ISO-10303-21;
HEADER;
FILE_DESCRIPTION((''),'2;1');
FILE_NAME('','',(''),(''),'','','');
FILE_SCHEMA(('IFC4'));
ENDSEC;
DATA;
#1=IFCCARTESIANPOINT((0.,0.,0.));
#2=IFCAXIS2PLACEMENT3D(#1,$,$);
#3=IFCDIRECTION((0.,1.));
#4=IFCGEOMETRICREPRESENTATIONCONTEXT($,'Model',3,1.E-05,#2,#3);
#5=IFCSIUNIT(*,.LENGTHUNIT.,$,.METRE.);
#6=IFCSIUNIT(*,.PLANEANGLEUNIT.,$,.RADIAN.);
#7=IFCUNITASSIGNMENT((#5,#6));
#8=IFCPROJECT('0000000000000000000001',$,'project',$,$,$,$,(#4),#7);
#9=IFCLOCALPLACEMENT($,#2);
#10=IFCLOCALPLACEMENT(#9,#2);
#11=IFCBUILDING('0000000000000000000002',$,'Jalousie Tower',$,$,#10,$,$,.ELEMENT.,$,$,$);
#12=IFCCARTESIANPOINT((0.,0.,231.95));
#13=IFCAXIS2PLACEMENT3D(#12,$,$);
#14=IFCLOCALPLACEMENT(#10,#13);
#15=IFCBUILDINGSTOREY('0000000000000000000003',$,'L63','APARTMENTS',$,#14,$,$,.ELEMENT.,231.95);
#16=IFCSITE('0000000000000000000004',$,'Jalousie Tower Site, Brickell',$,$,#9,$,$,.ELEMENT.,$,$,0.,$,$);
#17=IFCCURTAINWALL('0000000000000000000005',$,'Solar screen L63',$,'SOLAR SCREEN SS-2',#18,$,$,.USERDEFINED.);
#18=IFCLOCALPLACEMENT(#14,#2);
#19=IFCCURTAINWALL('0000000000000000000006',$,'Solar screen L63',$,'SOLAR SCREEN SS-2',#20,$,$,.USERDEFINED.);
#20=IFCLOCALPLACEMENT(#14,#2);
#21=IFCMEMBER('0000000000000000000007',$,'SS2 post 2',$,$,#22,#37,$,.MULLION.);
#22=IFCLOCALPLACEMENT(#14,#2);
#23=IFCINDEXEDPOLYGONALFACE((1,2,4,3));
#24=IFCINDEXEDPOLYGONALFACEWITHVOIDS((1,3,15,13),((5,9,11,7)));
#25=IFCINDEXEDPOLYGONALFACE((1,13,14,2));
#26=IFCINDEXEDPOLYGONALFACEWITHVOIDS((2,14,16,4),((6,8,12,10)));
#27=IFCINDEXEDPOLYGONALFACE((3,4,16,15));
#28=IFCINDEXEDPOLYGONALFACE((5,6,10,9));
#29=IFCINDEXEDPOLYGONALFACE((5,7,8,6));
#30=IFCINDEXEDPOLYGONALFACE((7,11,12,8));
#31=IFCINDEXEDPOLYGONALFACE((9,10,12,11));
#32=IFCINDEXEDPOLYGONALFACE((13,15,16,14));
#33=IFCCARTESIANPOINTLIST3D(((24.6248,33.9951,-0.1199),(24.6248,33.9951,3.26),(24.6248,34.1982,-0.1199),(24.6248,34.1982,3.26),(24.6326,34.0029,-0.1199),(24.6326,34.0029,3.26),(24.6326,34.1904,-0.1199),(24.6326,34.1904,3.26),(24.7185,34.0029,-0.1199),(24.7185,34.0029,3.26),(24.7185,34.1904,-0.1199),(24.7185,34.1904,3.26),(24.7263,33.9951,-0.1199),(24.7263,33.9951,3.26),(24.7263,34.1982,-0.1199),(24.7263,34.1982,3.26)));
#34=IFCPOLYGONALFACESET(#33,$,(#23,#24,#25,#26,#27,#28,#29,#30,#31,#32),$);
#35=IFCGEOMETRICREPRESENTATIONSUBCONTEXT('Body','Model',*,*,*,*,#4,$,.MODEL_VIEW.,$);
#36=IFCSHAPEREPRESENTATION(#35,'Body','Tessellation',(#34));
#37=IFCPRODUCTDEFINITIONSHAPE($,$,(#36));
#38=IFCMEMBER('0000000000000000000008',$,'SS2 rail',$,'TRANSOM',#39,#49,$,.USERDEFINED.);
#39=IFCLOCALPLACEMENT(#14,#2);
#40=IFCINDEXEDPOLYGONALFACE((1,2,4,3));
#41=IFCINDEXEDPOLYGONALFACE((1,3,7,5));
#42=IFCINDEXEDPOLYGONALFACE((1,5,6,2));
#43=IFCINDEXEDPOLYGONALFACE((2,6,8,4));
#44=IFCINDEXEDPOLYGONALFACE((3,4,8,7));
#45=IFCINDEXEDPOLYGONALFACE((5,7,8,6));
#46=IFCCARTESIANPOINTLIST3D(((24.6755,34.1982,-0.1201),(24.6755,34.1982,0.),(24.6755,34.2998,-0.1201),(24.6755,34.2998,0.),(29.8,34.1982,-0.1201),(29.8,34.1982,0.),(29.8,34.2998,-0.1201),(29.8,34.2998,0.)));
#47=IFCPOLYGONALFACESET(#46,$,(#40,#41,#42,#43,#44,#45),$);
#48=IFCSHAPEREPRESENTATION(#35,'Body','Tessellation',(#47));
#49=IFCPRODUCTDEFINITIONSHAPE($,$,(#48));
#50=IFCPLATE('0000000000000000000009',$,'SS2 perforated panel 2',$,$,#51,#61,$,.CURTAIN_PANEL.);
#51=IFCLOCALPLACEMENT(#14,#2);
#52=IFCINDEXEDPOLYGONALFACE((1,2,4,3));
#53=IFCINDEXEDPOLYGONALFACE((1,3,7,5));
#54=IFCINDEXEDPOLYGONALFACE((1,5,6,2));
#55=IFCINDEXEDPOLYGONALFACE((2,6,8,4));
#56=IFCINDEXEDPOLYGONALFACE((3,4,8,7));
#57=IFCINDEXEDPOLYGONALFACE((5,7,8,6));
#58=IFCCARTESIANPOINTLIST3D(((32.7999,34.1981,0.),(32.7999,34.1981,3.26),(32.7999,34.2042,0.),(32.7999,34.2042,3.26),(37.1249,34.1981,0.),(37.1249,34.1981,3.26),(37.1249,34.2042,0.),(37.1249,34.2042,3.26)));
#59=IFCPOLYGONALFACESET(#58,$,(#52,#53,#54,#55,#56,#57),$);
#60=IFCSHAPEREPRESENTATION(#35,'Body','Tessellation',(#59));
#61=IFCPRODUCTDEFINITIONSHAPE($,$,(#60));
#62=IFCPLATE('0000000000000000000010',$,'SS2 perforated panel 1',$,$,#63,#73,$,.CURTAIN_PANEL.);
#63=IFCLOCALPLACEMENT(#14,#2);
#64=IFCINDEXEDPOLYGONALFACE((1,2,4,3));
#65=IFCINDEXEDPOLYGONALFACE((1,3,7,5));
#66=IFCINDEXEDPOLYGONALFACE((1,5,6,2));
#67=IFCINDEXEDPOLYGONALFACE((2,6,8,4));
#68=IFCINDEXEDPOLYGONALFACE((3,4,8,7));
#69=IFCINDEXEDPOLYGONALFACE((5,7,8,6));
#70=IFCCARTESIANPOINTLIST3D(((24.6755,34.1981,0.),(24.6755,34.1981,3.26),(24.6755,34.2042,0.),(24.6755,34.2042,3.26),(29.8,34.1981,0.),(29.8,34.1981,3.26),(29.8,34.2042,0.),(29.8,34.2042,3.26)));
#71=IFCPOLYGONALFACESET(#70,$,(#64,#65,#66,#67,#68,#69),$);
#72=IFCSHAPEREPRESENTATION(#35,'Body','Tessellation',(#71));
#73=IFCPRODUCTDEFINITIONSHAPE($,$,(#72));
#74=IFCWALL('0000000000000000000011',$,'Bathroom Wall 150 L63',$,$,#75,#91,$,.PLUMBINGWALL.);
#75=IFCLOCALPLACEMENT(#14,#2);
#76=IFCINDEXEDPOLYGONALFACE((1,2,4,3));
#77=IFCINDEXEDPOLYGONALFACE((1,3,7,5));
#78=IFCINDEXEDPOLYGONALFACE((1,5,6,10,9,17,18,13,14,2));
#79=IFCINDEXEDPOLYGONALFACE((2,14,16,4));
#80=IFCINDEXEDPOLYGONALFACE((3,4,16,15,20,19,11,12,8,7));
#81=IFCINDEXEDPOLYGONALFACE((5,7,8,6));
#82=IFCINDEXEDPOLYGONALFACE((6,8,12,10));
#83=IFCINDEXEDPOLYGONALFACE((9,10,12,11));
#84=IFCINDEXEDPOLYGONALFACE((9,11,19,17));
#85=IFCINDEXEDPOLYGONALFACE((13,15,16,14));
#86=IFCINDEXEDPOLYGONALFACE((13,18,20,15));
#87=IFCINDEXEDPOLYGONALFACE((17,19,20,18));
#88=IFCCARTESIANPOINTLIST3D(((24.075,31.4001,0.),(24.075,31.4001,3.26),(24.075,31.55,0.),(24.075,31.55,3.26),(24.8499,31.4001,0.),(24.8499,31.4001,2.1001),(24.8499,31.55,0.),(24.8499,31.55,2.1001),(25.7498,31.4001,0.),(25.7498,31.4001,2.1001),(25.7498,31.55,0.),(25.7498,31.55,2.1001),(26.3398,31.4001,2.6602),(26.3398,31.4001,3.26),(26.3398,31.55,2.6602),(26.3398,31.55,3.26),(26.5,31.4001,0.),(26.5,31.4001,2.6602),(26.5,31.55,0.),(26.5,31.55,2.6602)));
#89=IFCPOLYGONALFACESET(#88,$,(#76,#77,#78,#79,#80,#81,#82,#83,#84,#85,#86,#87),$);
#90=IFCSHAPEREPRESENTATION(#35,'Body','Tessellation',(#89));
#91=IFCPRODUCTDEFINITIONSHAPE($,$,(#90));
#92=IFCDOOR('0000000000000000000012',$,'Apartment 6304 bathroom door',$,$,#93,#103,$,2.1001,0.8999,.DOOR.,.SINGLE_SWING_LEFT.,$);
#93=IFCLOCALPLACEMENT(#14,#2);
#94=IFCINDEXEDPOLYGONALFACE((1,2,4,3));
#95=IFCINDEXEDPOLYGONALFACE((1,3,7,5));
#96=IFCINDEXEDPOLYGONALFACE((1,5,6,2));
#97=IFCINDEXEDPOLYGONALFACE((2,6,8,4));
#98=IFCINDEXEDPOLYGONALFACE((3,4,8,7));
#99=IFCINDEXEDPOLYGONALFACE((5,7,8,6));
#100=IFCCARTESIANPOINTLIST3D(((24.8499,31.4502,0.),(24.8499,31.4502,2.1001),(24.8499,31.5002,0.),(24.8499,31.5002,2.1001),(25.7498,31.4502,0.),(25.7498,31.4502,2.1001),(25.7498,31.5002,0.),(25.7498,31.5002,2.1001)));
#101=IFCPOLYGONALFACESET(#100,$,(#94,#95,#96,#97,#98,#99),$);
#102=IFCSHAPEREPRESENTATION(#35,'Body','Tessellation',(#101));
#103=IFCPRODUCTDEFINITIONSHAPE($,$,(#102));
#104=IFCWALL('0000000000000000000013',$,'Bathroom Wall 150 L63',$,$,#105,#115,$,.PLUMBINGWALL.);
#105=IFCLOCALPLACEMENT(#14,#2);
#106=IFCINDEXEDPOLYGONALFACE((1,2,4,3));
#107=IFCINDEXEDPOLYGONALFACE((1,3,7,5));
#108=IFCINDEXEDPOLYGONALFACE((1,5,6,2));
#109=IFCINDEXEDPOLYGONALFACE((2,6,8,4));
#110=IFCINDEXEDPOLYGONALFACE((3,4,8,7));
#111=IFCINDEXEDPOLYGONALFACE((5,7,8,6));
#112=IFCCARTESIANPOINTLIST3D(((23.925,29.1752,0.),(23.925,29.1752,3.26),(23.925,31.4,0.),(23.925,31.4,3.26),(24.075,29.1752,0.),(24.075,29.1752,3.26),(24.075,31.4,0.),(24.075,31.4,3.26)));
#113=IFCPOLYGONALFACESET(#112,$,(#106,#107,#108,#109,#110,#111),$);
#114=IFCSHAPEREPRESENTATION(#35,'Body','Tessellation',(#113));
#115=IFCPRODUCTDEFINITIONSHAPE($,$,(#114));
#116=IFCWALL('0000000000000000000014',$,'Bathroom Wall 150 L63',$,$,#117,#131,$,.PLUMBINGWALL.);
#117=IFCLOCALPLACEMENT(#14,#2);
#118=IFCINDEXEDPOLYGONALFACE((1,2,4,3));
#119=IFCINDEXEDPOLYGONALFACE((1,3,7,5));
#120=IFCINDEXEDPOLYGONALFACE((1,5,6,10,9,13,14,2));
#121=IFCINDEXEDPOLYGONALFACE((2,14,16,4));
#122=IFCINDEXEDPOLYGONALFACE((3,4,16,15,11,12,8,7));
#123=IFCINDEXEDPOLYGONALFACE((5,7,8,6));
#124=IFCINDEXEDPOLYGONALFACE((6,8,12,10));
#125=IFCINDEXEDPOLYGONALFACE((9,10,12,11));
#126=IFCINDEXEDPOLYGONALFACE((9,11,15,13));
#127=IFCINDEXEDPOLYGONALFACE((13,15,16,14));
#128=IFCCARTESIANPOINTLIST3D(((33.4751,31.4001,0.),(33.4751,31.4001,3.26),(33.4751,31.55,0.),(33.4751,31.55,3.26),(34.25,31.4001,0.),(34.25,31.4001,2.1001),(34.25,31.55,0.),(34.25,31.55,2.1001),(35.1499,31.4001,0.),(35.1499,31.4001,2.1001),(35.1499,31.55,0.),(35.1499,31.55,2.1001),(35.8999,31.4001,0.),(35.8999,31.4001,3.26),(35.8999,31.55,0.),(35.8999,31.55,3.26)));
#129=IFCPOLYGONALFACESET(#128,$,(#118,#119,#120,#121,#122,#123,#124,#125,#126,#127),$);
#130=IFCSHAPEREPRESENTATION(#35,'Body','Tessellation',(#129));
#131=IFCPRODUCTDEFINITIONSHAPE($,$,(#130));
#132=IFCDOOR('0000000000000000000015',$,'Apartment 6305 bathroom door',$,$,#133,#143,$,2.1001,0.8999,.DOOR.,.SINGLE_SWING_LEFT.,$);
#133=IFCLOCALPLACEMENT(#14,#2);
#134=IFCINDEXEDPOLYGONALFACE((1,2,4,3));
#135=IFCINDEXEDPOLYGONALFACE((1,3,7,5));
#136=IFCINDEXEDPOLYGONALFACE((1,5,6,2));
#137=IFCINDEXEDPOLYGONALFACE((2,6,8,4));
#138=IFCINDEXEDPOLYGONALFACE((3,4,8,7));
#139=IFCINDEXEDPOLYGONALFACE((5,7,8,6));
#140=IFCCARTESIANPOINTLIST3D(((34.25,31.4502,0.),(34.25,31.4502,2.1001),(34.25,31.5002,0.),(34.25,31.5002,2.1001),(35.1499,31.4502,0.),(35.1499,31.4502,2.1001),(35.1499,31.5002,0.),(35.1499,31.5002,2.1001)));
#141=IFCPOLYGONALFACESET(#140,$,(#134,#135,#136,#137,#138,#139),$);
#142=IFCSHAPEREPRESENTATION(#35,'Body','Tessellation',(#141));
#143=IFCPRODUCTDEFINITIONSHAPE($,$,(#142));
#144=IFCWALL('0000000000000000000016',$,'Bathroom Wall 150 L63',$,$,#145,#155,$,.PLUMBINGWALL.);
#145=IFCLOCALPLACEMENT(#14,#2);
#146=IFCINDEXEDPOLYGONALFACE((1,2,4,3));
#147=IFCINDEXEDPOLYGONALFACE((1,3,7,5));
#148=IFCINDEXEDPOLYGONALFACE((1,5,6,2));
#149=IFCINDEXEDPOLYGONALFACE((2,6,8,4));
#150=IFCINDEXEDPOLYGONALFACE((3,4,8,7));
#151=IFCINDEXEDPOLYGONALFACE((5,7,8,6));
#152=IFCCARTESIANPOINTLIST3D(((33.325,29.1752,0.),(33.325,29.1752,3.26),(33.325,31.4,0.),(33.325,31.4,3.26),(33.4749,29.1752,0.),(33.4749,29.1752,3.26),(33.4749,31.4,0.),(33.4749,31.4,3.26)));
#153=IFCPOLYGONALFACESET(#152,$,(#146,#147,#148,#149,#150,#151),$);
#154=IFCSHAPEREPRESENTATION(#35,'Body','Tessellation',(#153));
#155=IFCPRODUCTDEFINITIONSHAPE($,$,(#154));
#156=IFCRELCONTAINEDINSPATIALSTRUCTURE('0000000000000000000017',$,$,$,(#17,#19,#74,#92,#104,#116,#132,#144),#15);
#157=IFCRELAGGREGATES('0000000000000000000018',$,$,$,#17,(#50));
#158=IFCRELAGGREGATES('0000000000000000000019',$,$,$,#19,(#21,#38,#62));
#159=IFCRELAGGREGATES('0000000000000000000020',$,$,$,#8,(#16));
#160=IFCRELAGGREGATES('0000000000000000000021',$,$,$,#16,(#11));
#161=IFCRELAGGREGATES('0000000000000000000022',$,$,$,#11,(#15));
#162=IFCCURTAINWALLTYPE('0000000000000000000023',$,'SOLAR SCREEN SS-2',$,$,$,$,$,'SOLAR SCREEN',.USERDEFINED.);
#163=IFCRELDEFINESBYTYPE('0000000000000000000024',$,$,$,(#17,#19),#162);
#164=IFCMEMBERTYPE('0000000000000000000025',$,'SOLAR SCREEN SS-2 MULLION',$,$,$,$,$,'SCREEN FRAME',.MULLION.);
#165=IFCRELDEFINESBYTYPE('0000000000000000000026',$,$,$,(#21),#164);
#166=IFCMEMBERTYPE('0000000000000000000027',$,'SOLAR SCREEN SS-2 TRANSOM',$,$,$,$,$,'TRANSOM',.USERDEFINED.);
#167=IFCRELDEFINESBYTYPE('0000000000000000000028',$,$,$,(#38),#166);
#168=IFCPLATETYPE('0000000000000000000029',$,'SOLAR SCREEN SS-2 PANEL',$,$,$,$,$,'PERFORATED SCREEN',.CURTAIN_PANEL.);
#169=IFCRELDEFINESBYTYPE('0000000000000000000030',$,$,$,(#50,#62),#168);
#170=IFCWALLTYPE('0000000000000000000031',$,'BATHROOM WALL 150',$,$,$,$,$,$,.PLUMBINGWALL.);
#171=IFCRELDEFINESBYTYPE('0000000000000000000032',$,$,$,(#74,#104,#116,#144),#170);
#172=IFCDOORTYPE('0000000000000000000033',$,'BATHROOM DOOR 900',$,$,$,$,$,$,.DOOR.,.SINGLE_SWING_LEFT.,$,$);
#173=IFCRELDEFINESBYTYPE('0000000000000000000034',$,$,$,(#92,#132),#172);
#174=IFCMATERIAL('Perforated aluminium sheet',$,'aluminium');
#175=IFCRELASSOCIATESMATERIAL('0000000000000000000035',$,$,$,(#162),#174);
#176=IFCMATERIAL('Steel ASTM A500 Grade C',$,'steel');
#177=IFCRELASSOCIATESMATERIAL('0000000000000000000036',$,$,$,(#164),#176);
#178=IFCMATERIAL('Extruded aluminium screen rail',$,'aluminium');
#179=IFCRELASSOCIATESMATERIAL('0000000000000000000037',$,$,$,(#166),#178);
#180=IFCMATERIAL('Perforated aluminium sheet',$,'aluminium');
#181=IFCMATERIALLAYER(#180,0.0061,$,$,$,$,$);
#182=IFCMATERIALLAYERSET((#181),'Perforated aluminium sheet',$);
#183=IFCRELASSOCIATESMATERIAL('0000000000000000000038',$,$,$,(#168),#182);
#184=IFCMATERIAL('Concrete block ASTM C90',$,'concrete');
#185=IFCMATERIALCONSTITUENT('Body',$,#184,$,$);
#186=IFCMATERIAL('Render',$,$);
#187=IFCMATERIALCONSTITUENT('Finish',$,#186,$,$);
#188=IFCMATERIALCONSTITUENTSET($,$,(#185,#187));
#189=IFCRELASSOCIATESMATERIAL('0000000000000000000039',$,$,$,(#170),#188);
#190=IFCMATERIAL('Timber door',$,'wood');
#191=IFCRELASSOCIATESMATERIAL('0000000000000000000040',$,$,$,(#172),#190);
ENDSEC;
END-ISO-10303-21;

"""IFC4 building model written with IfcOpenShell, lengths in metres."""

from ifc_helpers import new_model, si_unit, direction, frame, frame_2d, origin, origin_2d, place, context, subcontext, project, spatial, polyline, rectangle, hollow_rectangle, outline, extrude, material, layer, layer_set, constituent, constituent_set, material_profile, profile_set, type_object, element, fill, aggregate, save


model = new_model("IFC4")

# Units and contexts
model_context = context("Model", 3, precision=1e-05, world=origin(), true_north=direction((0.0, 1.0)))
body_context = subcontext(model_context, "Body", "Model", "MODEL_VIEW")
ifc_project = project(units=[si_unit("LENGTHUNIT", "METRE"), si_unit("PLANEANGLEUNIT", "RADIAN")], contexts=[model_context])

# Site, building, storey
site_placement = place(None, origin())
site = spatial("IfcSite", under=ifc_project, at=site_placement, Name="Jalousie Tower Site, Brickell", CompositionType="ELEMENT", RefElevation=0.0)
building_placement = place(site_placement, origin())
building = spatial("IfcBuilding", under=site, at=building_placement, Name="Jalousie Tower", CompositionType="ELEMENT")
storey_placement = place(building_placement, frame((0.0, 0.0, 231.95)))
storey = spatial("IfcBuildingStorey", under=building, at=storey_placement, Name="L63", Description="APARTMENTS", CompositionType="ELEMENT", Elevation=231.95)

# Curtain wall
ifc_material_1 = material(Name="Perforated aluminium sheet", Category="aluminium")
curtain_wall_type = type_object("IfcCurtainWallType", Name="SOLAR SCREEN SS-2", ElementType="SOLAR SCREEN", PredefinedType="USERDEFINED", material=ifc_material_1)
curtain_wall_1_placement = place(storey_placement, origin())
curtain_wall_1 = element("IfcCurtainWall", 1, at=curtain_wall_1_placement, inside=storey, type_object=curtain_wall_type, Name="Solar screen L63", ObjectType="SOLAR SCREEN SS-2", PredefinedType="USERDEFINED")
ifc_material_2 = material(Name="Steel ASTM A500 Grade C", Category="steel")
ifc_material_profile_1 = material_profile(ifc_material_2, hollow_rectangle(XDim=0.1016, YDim=0.2031, WallThickness=0.0078, at=origin_2d()), Name="HSS8X4X5/16")
ifc_profile_set_1 = profile_set([ifc_material_profile_1], Name="Steel ASTM A500 Grade C")
member_type_1 = type_object("IfcMemberType", Name="SOLAR SCREEN SS-2 MULLION", ElementType="SCREEN FRAME", PredefinedType="MULLION", material=ifc_profile_set_1)

# Curtain wall, members
curtain_wall_2_placement = place(storey_placement, origin())
curtain_wall_2 = element("IfcCurtainWall", 2, at=curtain_wall_2_placement, inside=storey, type_object=curtain_wall_type, Name="Solar screen L63", ObjectType="SOLAR SCREEN SS-2", PredefinedType="USERDEFINED")
member_1_placement = place(storey_placement, frame((24.6755, 34.0967, -0.1199), z_axis=(0.0, 0.0, 1.0), x_axis=(-1.0, 0.0, 0.0)))
member_1 = element("IfcMember", 3, at=member_1_placement, type_object=member_type_1, Name="SS2 post 2", PredefinedType="MULLION", context=body_context, shape_type="SweptSolid", body=[
    extrude(hollow_rectangle(XDim=0.1016, YDim=0.2031, WallThickness=0.0078, at=origin_2d()), origin(), (0.0, 0.0, 1.0), 3.3799),
])
ifc_material_3 = material(Name="Extruded aluminium screen rail", Category="aluminium")
ifc_material_profile_2 = material_profile(ifc_material_3, rectangle(XDim=0.1016, YDim=0.1201, at=origin_2d()), Name="RAIL 102x120")
ifc_profile_set_2 = profile_set([ifc_material_profile_2], Name="Extruded aluminium screen rail")
member_type_2 = type_object("IfcMemberType", Name="SOLAR SCREEN SS-2 TRANSOM", ElementType="TRANSOM", PredefinedType="USERDEFINED", material=ifc_profile_set_2)
member_2_placement = place(storey_placement, frame((29.8, 34.249, -0.0601), z_axis=(-1.0, 0.0, 0.0), x_axis=(0.0, -1.0, 0.0)))
member_2 = element("IfcMember", 4, at=member_2_placement, type_object=member_type_2, Name="SS2 rail", ObjectType="TRANSOM", PredefinedType="USERDEFINED", context=body_context, shape_type="SweptSolid", body=[
    extrude(rectangle(XDim=0.1016, YDim=0.1201, at=origin_2d()), origin(), (0.0, 0.0, 1.0), 5.1245),
])

# Plates
ifc_material_4 = material(Name="Perforated aluminium sheet", Category="aluminium")
ifc_layer = layer(ifc_material_4, 0.0061)
ifc_layer_set = layer_set([ifc_layer], Name="Perforated aluminium sheet")
plate_type = type_object("IfcPlateType", Name="SOLAR SCREEN SS-2 PANEL", ElementType="PERFORATED SCREEN", PredefinedType="CURTAIN_PANEL", material=ifc_layer_set)
plate_1_placement = place(storey_placement, frame((34.9624, 34.2012, 0.0), z_axis=(0.0, 0.0, 1.0), x_axis=(-1.0, 0.0, 0.0)))
plate_1 = element("IfcPlate", 5, at=plate_1_placement, type_object=plate_type, Name="SS2 perforated panel 2", PredefinedType="CURTAIN_PANEL", context=body_context, shape_type="SweptSolid", body=[
    extrude(rectangle(XDim=4.325, YDim=0.0061, at=origin_2d()), origin(), (0.0, 0.0, 1.0), 3.26),
])
aggregate(curtain_wall_1, [plate_1])
plate_2_placement = place(storey_placement, frame((27.2378, 34.2012, 0.0), z_axis=(0.0, 0.0, 1.0), x_axis=(-1.0, 0.0, 0.0)))
plate_2 = element("IfcPlate", 6, at=plate_2_placement, type_object=plate_type, Name="SS2 perforated panel 1", PredefinedType="CURTAIN_PANEL", context=body_context, shape_type="SweptSolid", body=[
    extrude(rectangle(XDim=5.1245, YDim=0.0061, at=origin_2d()), origin(), (0.0, 0.0, 1.0), 3.26),
])
aggregate(curtain_wall_2, [member_1, member_2, plate_2])

# Wall, opening, door
ifc_material_5 = material(Name="Concrete block ASTM C90", Category="concrete")
ifc_constituent_1 = constituent(ifc_material_5, Name="Body")
ifc_material_6 = material(Name="Render")
ifc_constituent_2 = constituent(ifc_material_6, Name="Finish")
ifc_constituent_set_1 = constituent_set(constituents=[ifc_constituent_1, ifc_constituent_2])
wall_type_1 = type_object("IfcWallType", Name="BATHROOM WALL 150", PredefinedType="PLUMBINGWALL", material=ifc_constituent_set_1)
wall_1_placement = place(storey_placement, frame((24.075, 31.4751, 0.0), z_axis=(0.0, 0.0, 1.0), x_axis=(1.0, 0.0, 0.0)))
wall_1 = element("IfcWall", 7, at=wall_1_placement, inside=storey, type_object=wall_type_1, Name="Bathroom Wall 150 L63", PredefinedType="PLUMBINGWALL", context=body_context, shape_type="SweptSolid", body=[
    extrude(outline(polyline([(0.0, 0.0), (2.425, 0.0), (2.425, 3.26), (2.425, 2.6602), (2.2649, 2.6602), (2.2649, 3.26), (0.0, 3.26), (0.0, 0.0)])), frame((0.0, 0.075, 0.0), z_axis=(0.0, -1.0, 0.0), x_axis=(1.0, 0.0, 0.0)), (0.0, 0.0, 1.0), 0.1499),
])
opening_1_placement = place(wall_1_placement, frame((0.7749, 0.0, 0.0)))
opening_1 = element("IfcOpeningElement", 8, at=opening_1_placement, cuts=wall_1, PredefinedType="OPENING", context=body_context, shape_type="SweptSolid", body=[
    extrude(rectangle(XDim=0.8999, YDim=2.1001, at=frame_2d((0.45, 1.05))), frame((0.0, 0.085, 0.0), z_axis=(0.0, -1.0, 0.0), x_axis=(1.0, 0.0, 0.0)), (0.0, 0.0, 1.0), 0.1699),
])
ifc_material_7 = material(Name="Timber door", Category="wood")
door_type_1 = type_object("IfcDoorType", Name="BATHROOM DOOR 900", OperationType="SINGLE_SWING_LEFT", PredefinedType="DOOR", material=ifc_material_7)
door_1_placement = place(opening_1_placement, frame((0.8999, 0.0, 0.0), z_axis=(0.0, 0.0, 1.0), x_axis=(-1.0, 0.0, 0.0)))
door_1 = element("IfcDoor", 9, at=door_1_placement, inside=storey, type_object=door_type_1, Name="Apartment 6304 bathroom door", OperationType="SINGLE_SWING_LEFT", OverallHeight=2.1001, OverallWidth=0.8999, PredefinedType="DOOR", context=body_context, shape_type="SweptSolid", body=[
    extrude(rectangle(XDim=0.8999, YDim=2.1001, at=frame_2d((0.45, 1.05))), frame((0.0, 0.0249, 0.0), z_axis=(0.0, -1.0, 0.0), x_axis=(1.0, 0.0, 0.0)), (0.0, 0.0, 1.0), 0.05),
])
fill(opening_1, door_1)

# Wall
wall_2_placement = place(storey_placement, frame((24.0, 31.3999, 0.0), z_axis=(0.0, 0.0, 1.0), x_axis=(0.0, -1.0, 0.0)))
element("IfcWall", 10, at=wall_2_placement, inside=storey, type_object=wall_type_1, Name="Bathroom Wall 150 L63", PredefinedType="PLUMBINGWALL", context=body_context, shape_type="SweptSolid", body=[
    extrude(rectangle(XDim=2.2249, YDim=0.1499, at=frame_2d((1.1123, 0.0))), origin(), (0.0, 0.0, 1.0), 3.26),
])

# Wall, opening, door
wall_3_placement = place(storey_placement, frame((33.4751, 31.4751, 0.0), z_axis=(0.0, 0.0, 1.0), x_axis=(1.0, 0.0, 0.0)))
wall_3 = element("IfcWall", 11, at=wall_3_placement, inside=storey, type_object=wall_type_1, Name="Bathroom Wall 150 L63", PredefinedType="PLUMBINGWALL", context=body_context, shape_type="SweptSolid", body=[
    extrude(rectangle(XDim=2.4248, YDim=0.1499, at=frame_2d((1.2124, 0.0))), origin(), (0.0, 0.0, 1.0), 3.26),
])
opening_2_placement = place(wall_3_placement, frame((0.7749, 0.0, 0.0)))
opening_2 = element("IfcOpeningElement", 12, at=opening_2_placement, cuts=wall_3, PredefinedType="OPENING", context=body_context, shape_type="SweptSolid", body=[
    extrude(rectangle(XDim=0.8999, YDim=2.1001, at=frame_2d((0.45, 1.05))), frame((0.0, 0.085, 0.0), z_axis=(0.0, -1.0, 0.0), x_axis=(1.0, 0.0, 0.0)), (0.0, 0.0, 1.0), 0.1699),
])
door_2_placement = place(opening_2_placement, frame((0.8999, 0.0, 0.0), z_axis=(0.0, 0.0, 1.0), x_axis=(-1.0, 0.0, 0.0)))
door_2 = element("IfcDoor", 13, at=door_2_placement, inside=storey, type_object=door_type_1, Name="Apartment 6305 bathroom door", OperationType="SINGLE_SWING_LEFT", OverallHeight=2.1001, OverallWidth=0.8999, PredefinedType="DOOR", context=body_context, shape_type="SweptSolid", body=[
    extrude(rectangle(XDim=0.8999, YDim=2.1001, at=frame_2d((0.45, 1.05))), frame((0.0, 0.0249, 0.0), z_axis=(0.0, -1.0, 0.0), x_axis=(1.0, 0.0, 0.0)), (0.0, 0.0, 1.0), 0.05),
])
fill(opening_2, door_2)

# Wall
wall_4_placement = place(storey_placement, frame((33.3999, 31.3999, 0.0), z_axis=(0.0, 0.0, 1.0), x_axis=(0.0, -1.0, 0.0)))
element("IfcWall", 14, at=wall_4_placement, inside=storey, type_object=wall_type_1, Name="Bathroom Wall 150 L63", PredefinedType="PLUMBINGWALL", context=body_context, shape_type="SweptSolid", body=[
    extrude(rectangle(XDim=2.2249, YDim=0.1499, at=frame_2d((1.1123, 0.0))), origin(), (0.0, 0.0, 1.0), 3.26),
])

save(model, "model.ifc")
